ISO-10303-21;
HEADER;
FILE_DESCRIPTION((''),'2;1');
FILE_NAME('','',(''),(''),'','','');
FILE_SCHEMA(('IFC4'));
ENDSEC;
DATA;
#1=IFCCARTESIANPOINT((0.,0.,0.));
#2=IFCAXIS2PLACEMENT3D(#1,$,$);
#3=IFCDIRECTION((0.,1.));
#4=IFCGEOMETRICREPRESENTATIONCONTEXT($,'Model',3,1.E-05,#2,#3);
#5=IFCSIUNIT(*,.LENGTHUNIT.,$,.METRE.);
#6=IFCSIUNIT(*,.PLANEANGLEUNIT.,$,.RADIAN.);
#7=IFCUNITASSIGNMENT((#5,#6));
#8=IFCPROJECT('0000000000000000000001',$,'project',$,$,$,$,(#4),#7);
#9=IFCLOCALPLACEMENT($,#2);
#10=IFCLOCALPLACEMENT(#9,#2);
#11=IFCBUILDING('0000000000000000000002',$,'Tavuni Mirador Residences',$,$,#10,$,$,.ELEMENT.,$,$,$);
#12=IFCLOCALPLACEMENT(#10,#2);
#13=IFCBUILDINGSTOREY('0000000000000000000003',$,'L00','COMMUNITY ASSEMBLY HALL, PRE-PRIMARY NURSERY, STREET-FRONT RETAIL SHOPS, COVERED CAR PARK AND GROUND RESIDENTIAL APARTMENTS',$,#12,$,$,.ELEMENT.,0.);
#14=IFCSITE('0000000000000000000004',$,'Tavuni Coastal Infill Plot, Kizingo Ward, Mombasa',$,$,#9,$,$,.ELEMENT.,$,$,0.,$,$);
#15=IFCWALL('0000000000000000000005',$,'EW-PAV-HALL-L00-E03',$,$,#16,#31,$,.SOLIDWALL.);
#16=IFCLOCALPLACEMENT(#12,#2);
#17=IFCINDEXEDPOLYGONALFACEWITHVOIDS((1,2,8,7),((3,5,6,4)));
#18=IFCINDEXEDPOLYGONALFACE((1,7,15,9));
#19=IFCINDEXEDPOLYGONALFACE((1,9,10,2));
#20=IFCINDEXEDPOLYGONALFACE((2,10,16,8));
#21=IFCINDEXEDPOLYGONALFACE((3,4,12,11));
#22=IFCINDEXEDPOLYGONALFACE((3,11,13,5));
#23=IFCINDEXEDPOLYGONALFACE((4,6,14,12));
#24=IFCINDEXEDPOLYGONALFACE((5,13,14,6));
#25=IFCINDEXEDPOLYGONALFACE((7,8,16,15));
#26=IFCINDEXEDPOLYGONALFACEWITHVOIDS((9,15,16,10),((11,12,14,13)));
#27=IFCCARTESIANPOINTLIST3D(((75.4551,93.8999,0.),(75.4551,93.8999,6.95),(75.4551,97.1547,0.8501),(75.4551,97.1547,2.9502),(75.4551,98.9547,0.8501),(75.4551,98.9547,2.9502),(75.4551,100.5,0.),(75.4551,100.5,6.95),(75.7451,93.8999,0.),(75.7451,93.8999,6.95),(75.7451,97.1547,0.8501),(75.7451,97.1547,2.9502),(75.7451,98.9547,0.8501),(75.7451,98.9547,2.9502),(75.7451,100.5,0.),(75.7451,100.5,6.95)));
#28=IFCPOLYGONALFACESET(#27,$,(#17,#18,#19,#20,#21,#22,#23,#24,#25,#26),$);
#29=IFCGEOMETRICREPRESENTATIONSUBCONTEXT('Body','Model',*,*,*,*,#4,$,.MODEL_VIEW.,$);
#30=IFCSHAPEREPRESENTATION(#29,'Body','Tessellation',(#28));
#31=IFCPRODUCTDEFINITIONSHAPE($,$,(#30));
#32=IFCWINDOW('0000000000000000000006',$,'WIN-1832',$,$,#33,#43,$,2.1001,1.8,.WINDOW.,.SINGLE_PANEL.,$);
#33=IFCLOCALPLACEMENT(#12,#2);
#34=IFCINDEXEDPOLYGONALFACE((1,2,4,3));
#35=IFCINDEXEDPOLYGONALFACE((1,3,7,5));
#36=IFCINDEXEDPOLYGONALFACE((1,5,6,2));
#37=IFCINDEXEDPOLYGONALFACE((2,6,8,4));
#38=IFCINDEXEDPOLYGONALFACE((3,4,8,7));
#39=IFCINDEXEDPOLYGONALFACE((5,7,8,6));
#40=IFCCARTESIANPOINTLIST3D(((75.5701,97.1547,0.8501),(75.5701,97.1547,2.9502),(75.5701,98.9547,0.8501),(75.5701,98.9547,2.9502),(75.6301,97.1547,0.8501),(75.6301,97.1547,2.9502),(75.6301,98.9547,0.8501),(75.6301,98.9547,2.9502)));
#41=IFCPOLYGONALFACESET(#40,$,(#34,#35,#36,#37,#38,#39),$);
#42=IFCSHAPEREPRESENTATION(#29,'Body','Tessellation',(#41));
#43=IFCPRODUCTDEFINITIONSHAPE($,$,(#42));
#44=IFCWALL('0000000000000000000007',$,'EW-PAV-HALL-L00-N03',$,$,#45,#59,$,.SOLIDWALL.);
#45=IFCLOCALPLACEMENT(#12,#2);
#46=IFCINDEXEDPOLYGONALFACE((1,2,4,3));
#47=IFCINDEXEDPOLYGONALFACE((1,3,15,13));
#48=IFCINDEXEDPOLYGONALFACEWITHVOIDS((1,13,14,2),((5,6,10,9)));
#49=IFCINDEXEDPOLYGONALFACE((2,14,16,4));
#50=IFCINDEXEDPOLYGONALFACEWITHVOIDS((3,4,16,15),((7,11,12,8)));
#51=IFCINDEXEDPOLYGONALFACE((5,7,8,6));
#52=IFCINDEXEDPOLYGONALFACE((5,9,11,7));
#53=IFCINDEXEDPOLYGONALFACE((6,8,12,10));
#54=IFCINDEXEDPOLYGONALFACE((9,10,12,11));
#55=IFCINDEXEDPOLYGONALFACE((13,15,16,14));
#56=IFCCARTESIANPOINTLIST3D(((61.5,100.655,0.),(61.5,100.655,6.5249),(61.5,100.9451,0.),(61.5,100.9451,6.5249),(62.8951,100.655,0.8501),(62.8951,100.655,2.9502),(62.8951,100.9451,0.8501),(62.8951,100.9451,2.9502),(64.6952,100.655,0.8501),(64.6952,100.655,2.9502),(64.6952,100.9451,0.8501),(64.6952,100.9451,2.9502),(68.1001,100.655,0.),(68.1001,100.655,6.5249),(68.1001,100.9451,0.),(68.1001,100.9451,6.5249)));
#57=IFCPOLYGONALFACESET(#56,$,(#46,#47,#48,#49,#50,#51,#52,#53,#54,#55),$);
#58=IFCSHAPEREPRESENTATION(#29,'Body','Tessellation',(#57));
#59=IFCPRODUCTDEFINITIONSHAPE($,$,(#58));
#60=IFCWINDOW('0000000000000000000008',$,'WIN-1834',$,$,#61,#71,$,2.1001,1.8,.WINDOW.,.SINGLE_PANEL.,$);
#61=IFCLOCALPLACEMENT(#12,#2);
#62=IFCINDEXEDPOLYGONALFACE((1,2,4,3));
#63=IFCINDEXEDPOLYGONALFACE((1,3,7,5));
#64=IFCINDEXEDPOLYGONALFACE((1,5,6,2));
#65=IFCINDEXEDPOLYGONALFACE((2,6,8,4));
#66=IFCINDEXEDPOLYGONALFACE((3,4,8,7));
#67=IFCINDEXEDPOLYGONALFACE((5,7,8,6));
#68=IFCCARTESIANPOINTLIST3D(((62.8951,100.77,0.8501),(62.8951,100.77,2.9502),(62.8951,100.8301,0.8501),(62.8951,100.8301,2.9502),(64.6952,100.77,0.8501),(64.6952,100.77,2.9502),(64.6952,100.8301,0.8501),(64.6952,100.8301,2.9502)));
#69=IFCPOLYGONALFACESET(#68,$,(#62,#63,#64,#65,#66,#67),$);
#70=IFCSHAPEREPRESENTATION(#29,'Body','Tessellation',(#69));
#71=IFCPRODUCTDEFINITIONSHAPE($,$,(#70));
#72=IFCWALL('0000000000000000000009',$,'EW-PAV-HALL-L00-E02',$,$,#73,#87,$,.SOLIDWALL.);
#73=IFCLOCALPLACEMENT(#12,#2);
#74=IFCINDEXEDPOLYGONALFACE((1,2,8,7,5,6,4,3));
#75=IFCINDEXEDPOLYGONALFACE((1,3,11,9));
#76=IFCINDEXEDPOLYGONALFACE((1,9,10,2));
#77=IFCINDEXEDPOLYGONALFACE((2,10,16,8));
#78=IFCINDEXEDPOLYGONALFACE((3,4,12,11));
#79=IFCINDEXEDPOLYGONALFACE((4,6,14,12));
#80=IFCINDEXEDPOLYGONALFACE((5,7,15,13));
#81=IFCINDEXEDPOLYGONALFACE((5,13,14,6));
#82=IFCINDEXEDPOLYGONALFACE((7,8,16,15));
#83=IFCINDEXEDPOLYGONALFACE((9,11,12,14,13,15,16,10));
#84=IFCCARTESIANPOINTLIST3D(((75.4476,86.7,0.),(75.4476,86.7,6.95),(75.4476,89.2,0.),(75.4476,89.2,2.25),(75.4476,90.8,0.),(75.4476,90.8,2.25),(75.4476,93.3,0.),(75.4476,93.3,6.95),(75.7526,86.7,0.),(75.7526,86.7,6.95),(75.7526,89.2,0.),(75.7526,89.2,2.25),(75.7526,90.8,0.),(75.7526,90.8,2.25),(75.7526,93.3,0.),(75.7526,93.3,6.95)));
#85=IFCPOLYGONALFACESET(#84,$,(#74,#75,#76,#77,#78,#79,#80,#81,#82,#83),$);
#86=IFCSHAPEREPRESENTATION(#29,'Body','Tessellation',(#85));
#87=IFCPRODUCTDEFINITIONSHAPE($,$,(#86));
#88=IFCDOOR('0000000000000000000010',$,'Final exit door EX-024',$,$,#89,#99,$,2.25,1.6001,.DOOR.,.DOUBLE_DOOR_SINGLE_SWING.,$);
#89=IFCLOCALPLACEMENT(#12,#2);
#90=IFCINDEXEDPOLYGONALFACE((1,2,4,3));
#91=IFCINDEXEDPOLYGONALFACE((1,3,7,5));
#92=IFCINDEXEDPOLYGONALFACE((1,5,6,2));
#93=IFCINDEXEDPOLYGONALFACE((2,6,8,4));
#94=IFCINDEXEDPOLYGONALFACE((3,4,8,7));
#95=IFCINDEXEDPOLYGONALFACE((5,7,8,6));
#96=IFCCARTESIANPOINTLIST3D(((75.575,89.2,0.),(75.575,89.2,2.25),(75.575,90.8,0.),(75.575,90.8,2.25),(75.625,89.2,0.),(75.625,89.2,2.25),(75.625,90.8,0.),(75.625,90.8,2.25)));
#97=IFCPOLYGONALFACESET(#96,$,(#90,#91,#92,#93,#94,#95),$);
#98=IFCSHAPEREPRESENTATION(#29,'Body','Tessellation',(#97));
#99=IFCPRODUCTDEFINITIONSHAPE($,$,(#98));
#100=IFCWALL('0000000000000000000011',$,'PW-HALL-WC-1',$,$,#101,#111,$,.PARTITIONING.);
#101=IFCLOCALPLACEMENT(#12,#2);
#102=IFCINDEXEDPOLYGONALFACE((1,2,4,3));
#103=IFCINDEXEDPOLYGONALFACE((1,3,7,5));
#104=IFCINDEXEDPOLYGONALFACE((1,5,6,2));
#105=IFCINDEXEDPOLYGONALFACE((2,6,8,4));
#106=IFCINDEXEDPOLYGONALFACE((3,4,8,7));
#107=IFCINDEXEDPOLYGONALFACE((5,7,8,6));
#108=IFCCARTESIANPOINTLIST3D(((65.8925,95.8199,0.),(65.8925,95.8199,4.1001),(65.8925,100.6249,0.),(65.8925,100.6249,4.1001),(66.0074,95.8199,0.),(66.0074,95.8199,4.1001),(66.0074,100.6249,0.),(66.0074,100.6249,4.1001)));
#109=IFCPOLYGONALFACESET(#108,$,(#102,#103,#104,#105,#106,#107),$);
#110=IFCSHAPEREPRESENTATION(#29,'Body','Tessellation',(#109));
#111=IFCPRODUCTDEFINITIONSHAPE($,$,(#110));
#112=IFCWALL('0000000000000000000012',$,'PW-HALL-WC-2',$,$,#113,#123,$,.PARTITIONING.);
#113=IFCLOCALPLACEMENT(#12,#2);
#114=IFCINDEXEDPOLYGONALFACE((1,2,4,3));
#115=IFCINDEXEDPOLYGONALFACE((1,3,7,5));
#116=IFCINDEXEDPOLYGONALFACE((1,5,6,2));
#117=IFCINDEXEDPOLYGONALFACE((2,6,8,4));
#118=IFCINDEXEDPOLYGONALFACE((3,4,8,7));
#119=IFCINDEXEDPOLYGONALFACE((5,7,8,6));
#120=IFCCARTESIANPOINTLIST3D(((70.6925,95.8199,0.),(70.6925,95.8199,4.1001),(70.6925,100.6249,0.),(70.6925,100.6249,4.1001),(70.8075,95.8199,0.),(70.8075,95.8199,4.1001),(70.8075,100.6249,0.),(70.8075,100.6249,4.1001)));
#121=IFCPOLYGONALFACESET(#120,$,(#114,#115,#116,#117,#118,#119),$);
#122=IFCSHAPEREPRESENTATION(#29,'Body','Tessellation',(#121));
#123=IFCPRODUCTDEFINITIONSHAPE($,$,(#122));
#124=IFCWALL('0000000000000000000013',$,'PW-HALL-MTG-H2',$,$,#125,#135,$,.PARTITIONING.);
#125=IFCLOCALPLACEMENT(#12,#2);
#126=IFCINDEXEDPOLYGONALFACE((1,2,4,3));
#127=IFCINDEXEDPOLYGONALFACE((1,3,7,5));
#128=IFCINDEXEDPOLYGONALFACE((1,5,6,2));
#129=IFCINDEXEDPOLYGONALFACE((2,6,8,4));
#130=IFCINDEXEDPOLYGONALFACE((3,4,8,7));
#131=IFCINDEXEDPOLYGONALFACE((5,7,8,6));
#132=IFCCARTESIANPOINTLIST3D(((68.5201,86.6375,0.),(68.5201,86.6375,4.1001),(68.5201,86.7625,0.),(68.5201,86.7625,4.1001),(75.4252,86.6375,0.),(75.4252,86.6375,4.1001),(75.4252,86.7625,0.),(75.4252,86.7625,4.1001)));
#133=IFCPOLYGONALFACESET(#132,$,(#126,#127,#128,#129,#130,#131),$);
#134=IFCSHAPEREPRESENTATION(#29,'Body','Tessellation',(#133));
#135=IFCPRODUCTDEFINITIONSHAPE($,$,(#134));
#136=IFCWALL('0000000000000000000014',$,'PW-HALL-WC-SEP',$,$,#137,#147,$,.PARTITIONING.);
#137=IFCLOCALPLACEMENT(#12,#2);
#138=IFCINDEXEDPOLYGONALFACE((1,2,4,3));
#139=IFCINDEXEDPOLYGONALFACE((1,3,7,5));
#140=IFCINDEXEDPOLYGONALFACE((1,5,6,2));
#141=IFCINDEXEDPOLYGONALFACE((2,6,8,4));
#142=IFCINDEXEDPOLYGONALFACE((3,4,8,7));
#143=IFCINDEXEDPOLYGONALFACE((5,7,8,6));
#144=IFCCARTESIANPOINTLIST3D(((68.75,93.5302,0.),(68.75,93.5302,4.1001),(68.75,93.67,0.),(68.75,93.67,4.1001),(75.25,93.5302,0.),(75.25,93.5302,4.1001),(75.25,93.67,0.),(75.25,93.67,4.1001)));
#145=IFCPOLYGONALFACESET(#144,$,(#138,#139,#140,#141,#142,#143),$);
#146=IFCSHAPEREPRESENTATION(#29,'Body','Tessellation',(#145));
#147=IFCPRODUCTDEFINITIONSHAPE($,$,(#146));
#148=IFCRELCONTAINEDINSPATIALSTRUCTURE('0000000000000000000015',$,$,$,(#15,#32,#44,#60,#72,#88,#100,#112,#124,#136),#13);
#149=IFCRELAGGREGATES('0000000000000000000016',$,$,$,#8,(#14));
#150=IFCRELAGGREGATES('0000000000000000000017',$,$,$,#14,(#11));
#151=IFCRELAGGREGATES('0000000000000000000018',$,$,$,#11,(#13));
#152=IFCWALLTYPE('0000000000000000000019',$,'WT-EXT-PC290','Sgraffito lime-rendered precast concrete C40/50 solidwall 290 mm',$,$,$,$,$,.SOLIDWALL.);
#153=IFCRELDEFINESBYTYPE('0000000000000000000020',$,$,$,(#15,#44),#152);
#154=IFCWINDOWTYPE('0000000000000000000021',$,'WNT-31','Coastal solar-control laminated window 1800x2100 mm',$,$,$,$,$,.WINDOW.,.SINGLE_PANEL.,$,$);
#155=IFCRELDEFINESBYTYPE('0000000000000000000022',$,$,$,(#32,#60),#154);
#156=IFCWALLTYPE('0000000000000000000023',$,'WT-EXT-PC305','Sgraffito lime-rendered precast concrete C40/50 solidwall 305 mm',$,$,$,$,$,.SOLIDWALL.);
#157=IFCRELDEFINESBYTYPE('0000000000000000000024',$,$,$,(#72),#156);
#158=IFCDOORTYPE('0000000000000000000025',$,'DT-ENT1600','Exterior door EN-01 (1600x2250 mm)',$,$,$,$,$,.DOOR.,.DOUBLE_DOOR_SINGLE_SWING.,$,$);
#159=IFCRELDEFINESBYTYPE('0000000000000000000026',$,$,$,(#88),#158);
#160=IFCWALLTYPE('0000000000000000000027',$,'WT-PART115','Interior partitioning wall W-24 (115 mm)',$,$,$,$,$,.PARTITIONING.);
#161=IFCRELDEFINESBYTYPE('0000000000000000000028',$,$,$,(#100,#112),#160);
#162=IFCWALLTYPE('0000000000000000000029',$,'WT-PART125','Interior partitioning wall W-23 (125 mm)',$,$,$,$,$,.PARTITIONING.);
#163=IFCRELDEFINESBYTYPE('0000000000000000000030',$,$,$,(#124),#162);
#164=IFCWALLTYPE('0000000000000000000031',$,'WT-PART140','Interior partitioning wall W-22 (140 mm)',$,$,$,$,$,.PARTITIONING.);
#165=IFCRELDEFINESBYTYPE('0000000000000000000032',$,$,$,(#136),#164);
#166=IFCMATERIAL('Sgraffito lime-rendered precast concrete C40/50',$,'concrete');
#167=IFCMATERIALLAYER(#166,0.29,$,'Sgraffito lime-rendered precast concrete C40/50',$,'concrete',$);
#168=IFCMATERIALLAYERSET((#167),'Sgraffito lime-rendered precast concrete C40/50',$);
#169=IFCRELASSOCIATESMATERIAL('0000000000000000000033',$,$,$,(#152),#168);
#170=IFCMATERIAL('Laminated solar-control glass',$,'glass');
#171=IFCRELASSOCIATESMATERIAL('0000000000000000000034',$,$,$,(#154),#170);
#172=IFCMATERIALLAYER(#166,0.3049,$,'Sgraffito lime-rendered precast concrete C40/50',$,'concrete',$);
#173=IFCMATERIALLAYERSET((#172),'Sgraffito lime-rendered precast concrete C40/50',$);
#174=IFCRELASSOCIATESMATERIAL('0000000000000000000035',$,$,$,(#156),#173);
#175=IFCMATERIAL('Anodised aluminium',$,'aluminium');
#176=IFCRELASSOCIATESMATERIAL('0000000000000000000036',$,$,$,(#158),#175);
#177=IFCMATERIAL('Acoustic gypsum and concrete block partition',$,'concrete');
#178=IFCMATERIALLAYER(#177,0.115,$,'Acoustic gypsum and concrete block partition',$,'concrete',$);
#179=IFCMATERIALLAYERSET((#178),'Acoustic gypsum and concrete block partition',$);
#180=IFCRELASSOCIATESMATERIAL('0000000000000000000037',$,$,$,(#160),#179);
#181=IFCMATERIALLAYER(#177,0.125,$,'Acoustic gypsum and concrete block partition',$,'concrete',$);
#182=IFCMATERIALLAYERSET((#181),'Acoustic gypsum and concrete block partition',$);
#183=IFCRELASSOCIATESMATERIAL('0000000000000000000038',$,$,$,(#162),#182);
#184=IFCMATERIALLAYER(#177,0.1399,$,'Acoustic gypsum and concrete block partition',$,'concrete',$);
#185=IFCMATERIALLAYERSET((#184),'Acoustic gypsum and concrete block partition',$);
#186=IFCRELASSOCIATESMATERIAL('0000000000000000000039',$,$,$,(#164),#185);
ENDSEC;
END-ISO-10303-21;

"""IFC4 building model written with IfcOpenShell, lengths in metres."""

from ifc_helpers import new_model, si_unit, direction, frame, frame_2d, origin, place, context, subcontext, project, spatial, rectangle, extrude, material, layer, layer_set, type_object, element, fill, save


model = new_model("IFC4")

# Units and contexts
model_context = context("Model", 3, precision=1e-05, world=origin(), true_north=direction((0.0, 1.0)))
body_context = subcontext(model_context, "Body", "Model", "MODEL_VIEW")
ifc_project = project(units=[si_unit("LENGTHUNIT", "METRE"), si_unit("PLANEANGLEUNIT", "RADIAN")], contexts=[model_context])

# Site, building, storey
site_placement = place(None, origin())
site = spatial("IfcSite", under=ifc_project, at=site_placement, Name="Tavuni Coastal Infill Plot, Kizingo Ward, Mombasa", CompositionType="ELEMENT", RefElevation=0.0)
building_placement = place(site_placement, origin())
building = spatial("IfcBuilding", under=site, at=building_placement, Name="Tavuni Mirador Residences", CompositionType="ELEMENT")
storey_placement = place(building_placement, origin())
storey = spatial("IfcBuildingStorey", under=building, at=storey_placement, Name="L00", Description="COMMUNITY ASSEMBLY HALL, PRE-PRIMARY NURSERY, STREET-FRONT RETAIL SHOPS, COVERED CAR PARK AND GROUND RESIDENTIAL APARTMENTS", CompositionType="ELEMENT", Elevation=0.0)

# Walls, openings, windows
ifc_material_1 = material(Name="Sgraffito lime-rendered precast concrete C40/50", Category="concrete")
ifc_layer_1 = layer(ifc_material_1, 0.29, Name="Sgraffito lime-rendered precast concrete C40/50", Category="concrete")
ifc_layer_set_1 = layer_set([ifc_layer_1], Name="Sgraffito lime-rendered precast concrete C40/50")
wall_type_1 = type_object("IfcWallType", Name="WT-EXT-PC290", Description="Sgraffito lime-rendered precast concrete C40/50 solidwall 290 mm", PredefinedType="SOLIDWALL", material=ifc_layer_set_1)
wall_1_placement = place(storey_placement, frame((75.6001, 93.8999, 0.0), z_axis=(0.0, 0.0, 1.0), x_axis=(0.0, 1.0, 0.0)))
wall_1 = element("IfcWall", 1, at=wall_1_placement, inside=storey, type_object=wall_type_1, Name="EW-PAV-HALL-L00-E03", PredefinedType="SOLIDWALL", context=body_context, shape_type="SweptSolid", body=[
    extrude(rectangle(XDim=6.6001, YDim=0.29, at=frame_2d((3.3, 0.0))), origin(), (0.0, 0.0, 1.0), 6.95),
])
opening_1_placement = place(wall_1_placement, frame((3.2549, 0.0, 0.8501)))
opening_1 = element("IfcOpeningElement", 2, at=opening_1_placement, cuts=wall_1, PredefinedType="OPENING", context=body_context, shape_type="SweptSolid", body=[
    extrude(rectangle(XDim=1.8, YDim=2.1001, at=frame_2d((0.8999, 1.05))), frame((0.0, 0.155, 0.0), z_axis=(0.0, -1.0, 0.0), x_axis=(1.0, 0.0, 0.0)), (0.0, 0.0, 1.0), 0.3101),
])
ifc_material_2 = material(Name="Laminated solar-control glass", Category="glass")
window_type = type_object("IfcWindowType", Name="WNT-31", Description="Coastal solar-control laminated window 1800x2100 mm", PartitioningType="SINGLE_PANEL", PredefinedType="WINDOW", material=ifc_material_2)
window_1_placement = place(opening_1_placement, origin())
window_1 = element("IfcWindow", 3, at=window_1_placement, inside=storey, type_object=window_type, Name="WIN-1832", OverallHeight=2.1001, OverallWidth=1.8, PartitioningType="SINGLE_PANEL", PredefinedType="WINDOW", context=body_context, shape_type="SweptSolid", body=[
    extrude(rectangle(XDim=1.8, YDim=2.1001, at=frame_2d((0.8999, 1.05))), frame((0.0, 0.03, 0.0), z_axis=(0.0, -1.0, 0.0), x_axis=(1.0, 0.0, 0.0)), (0.0, 0.0, 1.0), 0.0601),
])
fill(opening_1, window_1)
wall_2_placement = place(storey_placement, frame((68.1001, 100.8, 0.0), z_axis=(0.0, 0.0, 1.0), x_axis=(-1.0, 0.0, 0.0)))
wall_2 = element("IfcWall", 4, at=wall_2_placement, inside=storey, type_object=wall_type_1, Name="EW-PAV-HALL-L00-N03", PredefinedType="SOLIDWALL", context=body_context, shape_type="SweptSolid", body=[
    extrude(rectangle(XDim=6.6001, YDim=0.29, at=frame_2d((3.3, 0.0))), origin(), (0.0, 0.0, 1.0), 6.5249),
])
opening_2_placement = place(wall_2_placement, frame((3.405, 0.0, 0.8501)))
opening_2 = element("IfcOpeningElement", 5, at=opening_2_placement, cuts=wall_2, PredefinedType="OPENING", context=body_context, shape_type="SweptSolid", body=[
    extrude(rectangle(XDim=1.8, YDim=2.1001, at=frame_2d((0.8999, 1.05))), frame((0.0, 0.155, 0.0), z_axis=(0.0, -1.0, 0.0), x_axis=(1.0, 0.0, 0.0)), (0.0, 0.0, 1.0), 0.3101),
])
window_2_placement = place(opening_2_placement, origin())
window_2 = element("IfcWindow", 6, at=window_2_placement, inside=storey, type_object=window_type, Name="WIN-1834", OverallHeight=2.1001, OverallWidth=1.8, PartitioningType="SINGLE_PANEL", PredefinedType="WINDOW", context=body_context, shape_type="SweptSolid", body=[
    extrude(rectangle(XDim=1.8, YDim=2.1001, at=frame_2d((0.8999, 1.05))), frame((0.0, 0.03, 0.0), z_axis=(0.0, -1.0, 0.0), x_axis=(1.0, 0.0, 0.0)), (0.0, 0.0, 1.0), 0.0601),
])
fill(opening_2, window_2)

# Wall, opening, door
ifc_layer_2 = layer(ifc_material_1, 0.3049, Name="Sgraffito lime-rendered precast concrete C40/50", Category="concrete")
ifc_layer_set_2 = layer_set([ifc_layer_2], Name="Sgraffito lime-rendered precast concrete C40/50")
wall_type_2 = type_object("IfcWallType", Name="WT-EXT-PC305", Description="Sgraffito lime-rendered precast concrete C40/50 solidwall 305 mm", PredefinedType="SOLIDWALL", material=ifc_layer_set_2)
wall_3_placement = place(storey_placement, frame((75.6001, 86.7, 0.0), z_axis=(0.0, 0.0, 1.0), x_axis=(0.0, 1.0, 0.0)))
wall_3 = element("IfcWall", 7, at=wall_3_placement, inside=storey, type_object=wall_type_2, Name="EW-PAV-HALL-L00-E02", PredefinedType="SOLIDWALL", context=body_context, shape_type="SweptSolid", body=[
    extrude(rectangle(XDim=6.6001, YDim=0.3049, at=frame_2d((3.3, 0.0))), origin(), (0.0, 0.0, 1.0), 6.95),
])
opening_3_placement = place(wall_3_placement, frame((2.5, 0.0, 0.0)))
opening_3 = element("IfcOpeningElement", 8, at=opening_3_placement, cuts=wall_3, PredefinedType="OPENING", context=body_context, shape_type="SweptSolid", body=[
    extrude(rectangle(XDim=1.6001, YDim=2.25, at=frame_2d((0.8, 1.125))), frame((0.0, 0.1626, 0.0), z_axis=(0.0, -1.0, 0.0), x_axis=(1.0, 0.0, 0.0)), (0.0, 0.0, 1.0), 0.325),
])
ifc_material_3 = material(Name="Anodised aluminium", Category="aluminium")
door_type_1 = type_object("IfcDoorType", Name="DT-ENT1600", Description="Exterior door EN-01 (1600x2250 mm)", OperationType="DOUBLE_DOOR_SINGLE_SWING", PredefinedType="DOOR", material=ifc_material_3)
door_1_placement = place(opening_3_placement, frame((1.6001, 0.0, 0.0), z_axis=(0.0, 0.0, 1.0), x_axis=(-1.0, 0.0, 0.0)))
door_1 = element("IfcDoor", 9, at=door_1_placement, inside=storey, type_object=door_type_1, Name="Final exit door EX-024", OperationType="DOUBLE_DOOR_SINGLE_SWING", OverallHeight=2.25, OverallWidth=1.6001, PredefinedType="DOOR", context=body_context, shape_type="SweptSolid", body=[
    extrude(rectangle(XDim=1.6001, YDim=2.25, at=frame_2d((0.8, 1.125))), frame((0.0, 0.0249, 0.0), z_axis=(0.0, -1.0, 0.0), x_axis=(1.0, 0.0, 0.0)), (0.0, 0.0, 1.0), 0.05),
])
fill(opening_3, door_1)

# Walls
ifc_material_4 = material(Name="Acoustic gypsum and concrete block partition", Category="concrete")
ifc_layer_3 = layer(ifc_material_4, 0.115, Name="Acoustic gypsum and concrete block partition", Category="concrete")
ifc_layer_set_3 = layer_set([ifc_layer_3], Name="Acoustic gypsum and concrete block partition")
wall_type_3 = type_object("IfcWallType", Name="WT-PART115", Description="Interior partitioning wall W-24 (115 mm)", PredefinedType="PARTITIONING", material=ifc_layer_set_3)
for number, where, z_axis, x_axis, name in (
    (10, (65.95, 95.8201, 0.0), (0.0, 0.0, 1.0), (0.0, 1.0, 0.0), "PW-HALL-WC-1"),
    (11, (70.75, 95.8201, 0.0), (0.0, 0.0, 1.0), (0.0, 1.0, 0.0), "PW-HALL-WC-2"),
):
    element("IfcWall", number, at=place(storey_placement, frame(where, z_axis=z_axis, x_axis=x_axis)), inside=storey, type_object=wall_type_3, Name=name, PredefinedType="PARTITIONING", context=body_context, shape_type="SweptSolid", body=[
        extrude(rectangle(XDim=4.8049, YDim=0.115, at=frame_2d((2.4023, 0.0))), origin(), (0.0, 0.0, 1.0), 4.1001),
    ])
ifc_layer_4 = layer(ifc_material_4, 0.125, Name="Acoustic gypsum and concrete block partition", Category="concrete")
ifc_layer_set_4 = layer_set([ifc_layer_4], Name="Acoustic gypsum and concrete block partition")
wall_type_4 = type_object("IfcWallType", Name="WT-PART125", Description="Interior partitioning wall W-23 (125 mm)", PredefinedType="PARTITIONING", material=ifc_layer_set_4)
wall_4_placement = place(storey_placement, frame((68.52, 86.7, 0.0), z_axis=(0.0, 0.0, 1.0), x_axis=(1.0, 0.0, 0.0)))
element("IfcWall", 12, at=wall_4_placement, inside=storey, type_object=wall_type_4, Name="PW-HALL-MTG-H2", PredefinedType="PARTITIONING", context=body_context, shape_type="SweptSolid", body=[
    extrude(rectangle(XDim=6.905, YDim=0.125, at=frame_2d((3.4526, 0.0))), origin(), (0.0, 0.0, 1.0), 4.1001),
])
ifc_layer_5 = layer(ifc_material_4, 0.1399, Name="Acoustic gypsum and concrete block partition", Category="concrete")
ifc_layer_set_5 = layer_set([ifc_layer_5], Name="Acoustic gypsum and concrete block partition")
wall_type_5 = type_object("IfcWallType", Name="WT-PART140", Description="Interior partitioning wall W-22 (140 mm)", PredefinedType="PARTITIONING", material=ifc_layer_set_5)
wall_5_placement = place(storey_placement, frame((68.75, 93.6001, 0.0), z_axis=(0.0, 0.0, 1.0), x_axis=(1.0, 0.0, 0.0)))
element("IfcWall", 13, at=wall_5_placement, inside=storey, type_object=wall_type_5, Name="PW-HALL-WC-SEP", PredefinedType="PARTITIONING", context=body_context, shape_type="SweptSolid", body=[
    extrude(rectangle(XDim=6.5, YDim=0.1399, at=frame_2d((3.25, 0.0))), origin(), (0.0, 0.0, 1.0), 4.1001),
])

save(model, "model.ifc")
